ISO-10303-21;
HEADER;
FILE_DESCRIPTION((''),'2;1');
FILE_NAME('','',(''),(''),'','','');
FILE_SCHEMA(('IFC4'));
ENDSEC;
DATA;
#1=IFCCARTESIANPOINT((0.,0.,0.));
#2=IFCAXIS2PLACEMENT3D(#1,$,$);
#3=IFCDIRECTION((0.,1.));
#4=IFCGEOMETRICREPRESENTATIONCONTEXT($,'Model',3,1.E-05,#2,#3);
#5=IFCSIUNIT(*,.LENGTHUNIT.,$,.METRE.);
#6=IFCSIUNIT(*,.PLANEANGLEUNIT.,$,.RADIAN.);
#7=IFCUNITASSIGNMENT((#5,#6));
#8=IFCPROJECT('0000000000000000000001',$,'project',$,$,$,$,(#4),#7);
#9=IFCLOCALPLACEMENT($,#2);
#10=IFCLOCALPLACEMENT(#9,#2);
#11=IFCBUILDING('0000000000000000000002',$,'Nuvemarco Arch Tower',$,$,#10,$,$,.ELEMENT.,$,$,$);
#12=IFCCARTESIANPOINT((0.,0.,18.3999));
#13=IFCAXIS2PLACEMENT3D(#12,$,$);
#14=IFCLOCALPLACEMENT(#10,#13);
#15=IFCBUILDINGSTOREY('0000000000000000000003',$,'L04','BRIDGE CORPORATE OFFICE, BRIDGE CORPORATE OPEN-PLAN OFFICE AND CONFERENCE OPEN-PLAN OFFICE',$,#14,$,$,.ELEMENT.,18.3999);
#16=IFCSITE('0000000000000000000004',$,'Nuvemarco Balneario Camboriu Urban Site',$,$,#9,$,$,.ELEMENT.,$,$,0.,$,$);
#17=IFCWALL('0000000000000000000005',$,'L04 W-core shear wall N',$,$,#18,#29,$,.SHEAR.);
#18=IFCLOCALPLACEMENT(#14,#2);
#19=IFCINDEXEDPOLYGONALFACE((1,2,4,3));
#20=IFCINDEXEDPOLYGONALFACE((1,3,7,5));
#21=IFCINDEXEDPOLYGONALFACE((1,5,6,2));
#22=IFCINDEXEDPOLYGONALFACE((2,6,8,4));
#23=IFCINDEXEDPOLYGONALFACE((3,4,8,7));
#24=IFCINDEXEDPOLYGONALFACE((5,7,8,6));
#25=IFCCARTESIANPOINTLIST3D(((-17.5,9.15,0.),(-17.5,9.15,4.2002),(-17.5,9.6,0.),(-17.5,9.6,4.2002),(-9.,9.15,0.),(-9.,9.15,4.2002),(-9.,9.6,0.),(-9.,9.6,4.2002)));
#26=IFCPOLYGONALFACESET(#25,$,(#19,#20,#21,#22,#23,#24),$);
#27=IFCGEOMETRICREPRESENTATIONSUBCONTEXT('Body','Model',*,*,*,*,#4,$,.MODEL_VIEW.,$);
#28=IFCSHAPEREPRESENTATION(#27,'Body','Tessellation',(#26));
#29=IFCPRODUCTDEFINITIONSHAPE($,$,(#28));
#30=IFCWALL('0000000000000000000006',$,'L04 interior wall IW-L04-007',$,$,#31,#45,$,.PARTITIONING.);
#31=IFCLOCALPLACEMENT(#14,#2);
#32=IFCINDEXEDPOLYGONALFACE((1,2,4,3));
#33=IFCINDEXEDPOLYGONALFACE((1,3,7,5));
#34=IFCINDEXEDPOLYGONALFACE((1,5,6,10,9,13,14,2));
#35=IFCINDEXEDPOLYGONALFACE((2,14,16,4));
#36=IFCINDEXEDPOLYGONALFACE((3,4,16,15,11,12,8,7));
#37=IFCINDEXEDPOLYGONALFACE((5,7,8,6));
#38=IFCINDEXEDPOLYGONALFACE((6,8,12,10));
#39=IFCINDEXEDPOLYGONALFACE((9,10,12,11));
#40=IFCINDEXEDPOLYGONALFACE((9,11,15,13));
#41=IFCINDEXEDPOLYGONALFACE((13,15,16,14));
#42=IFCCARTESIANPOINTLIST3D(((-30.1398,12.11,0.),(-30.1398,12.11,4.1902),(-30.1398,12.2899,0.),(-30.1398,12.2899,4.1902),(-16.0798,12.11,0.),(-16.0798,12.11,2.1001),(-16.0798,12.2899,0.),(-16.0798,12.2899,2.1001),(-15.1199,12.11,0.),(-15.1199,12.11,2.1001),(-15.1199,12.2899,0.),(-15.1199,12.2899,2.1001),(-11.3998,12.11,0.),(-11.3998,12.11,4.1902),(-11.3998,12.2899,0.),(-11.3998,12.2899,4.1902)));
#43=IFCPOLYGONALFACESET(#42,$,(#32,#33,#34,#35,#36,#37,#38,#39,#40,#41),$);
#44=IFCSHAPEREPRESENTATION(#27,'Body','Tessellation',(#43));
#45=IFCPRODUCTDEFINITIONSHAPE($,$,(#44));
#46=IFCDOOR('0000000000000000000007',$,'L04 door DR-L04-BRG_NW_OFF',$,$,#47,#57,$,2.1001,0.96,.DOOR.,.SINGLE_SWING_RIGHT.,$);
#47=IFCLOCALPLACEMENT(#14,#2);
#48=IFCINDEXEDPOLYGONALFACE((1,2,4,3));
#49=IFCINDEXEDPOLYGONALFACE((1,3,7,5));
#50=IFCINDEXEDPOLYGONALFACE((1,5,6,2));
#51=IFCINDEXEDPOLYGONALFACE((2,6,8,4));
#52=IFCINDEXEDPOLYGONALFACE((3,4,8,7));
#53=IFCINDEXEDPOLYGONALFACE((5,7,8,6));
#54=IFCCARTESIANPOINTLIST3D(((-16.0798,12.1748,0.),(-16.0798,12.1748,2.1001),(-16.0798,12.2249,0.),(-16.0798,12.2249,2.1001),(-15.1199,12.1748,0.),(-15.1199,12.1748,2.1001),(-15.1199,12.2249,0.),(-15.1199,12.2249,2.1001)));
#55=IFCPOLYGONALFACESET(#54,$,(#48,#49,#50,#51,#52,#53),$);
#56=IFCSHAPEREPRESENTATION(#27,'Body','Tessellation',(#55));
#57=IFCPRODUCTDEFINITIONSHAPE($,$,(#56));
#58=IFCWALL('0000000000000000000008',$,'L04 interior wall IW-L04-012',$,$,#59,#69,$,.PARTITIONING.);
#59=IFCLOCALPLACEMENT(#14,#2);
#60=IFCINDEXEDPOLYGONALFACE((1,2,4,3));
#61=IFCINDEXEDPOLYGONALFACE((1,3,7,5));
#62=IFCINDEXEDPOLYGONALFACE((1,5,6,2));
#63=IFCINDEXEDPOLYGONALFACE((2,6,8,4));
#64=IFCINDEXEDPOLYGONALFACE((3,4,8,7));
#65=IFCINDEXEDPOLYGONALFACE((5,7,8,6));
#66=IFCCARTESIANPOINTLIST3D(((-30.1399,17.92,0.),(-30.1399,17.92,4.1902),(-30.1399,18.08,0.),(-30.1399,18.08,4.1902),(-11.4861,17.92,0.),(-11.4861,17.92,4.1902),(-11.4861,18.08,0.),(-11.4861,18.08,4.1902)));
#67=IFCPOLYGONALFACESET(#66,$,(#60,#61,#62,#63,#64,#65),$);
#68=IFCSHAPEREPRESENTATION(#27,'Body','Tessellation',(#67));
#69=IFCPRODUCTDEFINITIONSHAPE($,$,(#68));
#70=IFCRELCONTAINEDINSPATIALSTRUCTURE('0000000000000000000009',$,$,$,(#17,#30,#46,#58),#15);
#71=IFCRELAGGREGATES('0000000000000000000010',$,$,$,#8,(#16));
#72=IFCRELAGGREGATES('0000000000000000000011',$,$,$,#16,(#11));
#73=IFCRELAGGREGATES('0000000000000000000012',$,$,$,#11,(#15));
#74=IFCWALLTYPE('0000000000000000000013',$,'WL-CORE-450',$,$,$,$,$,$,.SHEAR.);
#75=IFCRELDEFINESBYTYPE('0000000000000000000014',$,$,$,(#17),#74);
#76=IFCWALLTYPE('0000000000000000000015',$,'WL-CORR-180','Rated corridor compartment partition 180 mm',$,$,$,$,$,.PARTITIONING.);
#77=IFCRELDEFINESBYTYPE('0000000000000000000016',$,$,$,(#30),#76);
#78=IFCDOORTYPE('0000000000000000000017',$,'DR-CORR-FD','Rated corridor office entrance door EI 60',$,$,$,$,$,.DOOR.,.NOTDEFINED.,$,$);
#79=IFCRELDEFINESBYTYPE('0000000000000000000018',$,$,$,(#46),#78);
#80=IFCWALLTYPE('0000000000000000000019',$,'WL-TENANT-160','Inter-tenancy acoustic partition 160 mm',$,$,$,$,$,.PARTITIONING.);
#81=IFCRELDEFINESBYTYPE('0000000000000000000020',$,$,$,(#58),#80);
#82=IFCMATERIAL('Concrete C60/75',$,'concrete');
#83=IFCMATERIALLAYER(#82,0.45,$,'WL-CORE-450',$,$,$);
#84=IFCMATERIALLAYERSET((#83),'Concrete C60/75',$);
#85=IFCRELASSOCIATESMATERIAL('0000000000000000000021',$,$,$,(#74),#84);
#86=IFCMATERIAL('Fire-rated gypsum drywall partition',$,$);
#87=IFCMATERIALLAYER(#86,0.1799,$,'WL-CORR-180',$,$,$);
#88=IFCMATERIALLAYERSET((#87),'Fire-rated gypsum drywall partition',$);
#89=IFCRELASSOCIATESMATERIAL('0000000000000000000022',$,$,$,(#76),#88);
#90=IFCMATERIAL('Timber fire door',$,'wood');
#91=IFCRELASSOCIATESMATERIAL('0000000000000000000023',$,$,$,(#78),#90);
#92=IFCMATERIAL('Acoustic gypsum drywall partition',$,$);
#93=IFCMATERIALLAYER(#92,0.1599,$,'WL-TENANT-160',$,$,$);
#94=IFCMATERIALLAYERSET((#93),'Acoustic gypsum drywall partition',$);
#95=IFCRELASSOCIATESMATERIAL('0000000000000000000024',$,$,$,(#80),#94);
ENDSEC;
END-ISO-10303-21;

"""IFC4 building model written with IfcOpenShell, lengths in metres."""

from ifc_helpers import new_model, si_unit, direction, frame, frame_2d, origin, place, context, subcontext, project, spatial, rectangle, extrude, source, transform, mapped, material, layer, layer_set, type_object, type_shapes, element, fill, save


model = new_model("IFC4")

# Units and contexts
model_context = context("Model", 3, precision=1e-05, world=origin(), true_north=direction((0.0, 1.0)))
body_context = subcontext(model_context, "Body", "Model", "MODEL_VIEW")
ifc_project = project(units=[si_unit("LENGTHUNIT", "METRE"), si_unit("PLANEANGLEUNIT", "RADIAN")], contexts=[model_context])

# Site, building, storey
site_placement = place(None, origin())
site = spatial("IfcSite", under=ifc_project, at=site_placement, Name="Nuvemarco Balneario Camboriu Urban Site", CompositionType="ELEMENT", RefElevation=0.0)
building_placement = place(site_placement, origin())
building = spatial("IfcBuilding", under=site, at=building_placement, Name="Nuvemarco Arch Tower", CompositionType="ELEMENT")
storey_placement = place(building_placement, frame((0.0, 0.0, 18.3999)))
storey = spatial("IfcBuildingStorey", under=building, at=storey_placement, Name="L04", Description="BRIDGE CORPORATE OFFICE, BRIDGE CORPORATE OPEN-PLAN OFFICE AND CONFERENCE OPEN-PLAN OFFICE", CompositionType="ELEMENT", Elevation=18.3999)

# Shared definitions
ifc_material_1 = material(Name="Concrete C60/75", Category="concrete")

# Wall
ifc_layer_1 = layer(ifc_material_1, 0.45, Name="WL-CORE-450")
ifc_layer_set_1 = layer_set([ifc_layer_1], Name="Concrete C60/75")
wall_type_1 = type_object("IfcWallType", Name="WL-CORE-450", PredefinedType="SHEAR", material=ifc_layer_set_1)
wall_1_placement = place(storey_placement, frame((-17.5, 9.375, 0.0), z_axis=(0.0, 0.0, 1.0), x_axis=(1.0, 0.0, 0.0)))
element("IfcWall", 1, at=wall_1_placement, inside=storey, type_object=wall_type_1, Name="L04 W-core shear wall N", PredefinedType="SHEAR", context=body_context, shape_type="SweptSolid", body=[
    extrude(rectangle(XDim=8.5, YDim=0.45, at=frame_2d((4.25, 0.0))), origin(), (0.0, 0.0, 1.0), 4.2002),
])

# Wall, opening, door
ifc_material_2 = material(Name="Fire-rated gypsum drywall partition")
ifc_layer_2 = layer(ifc_material_2, 0.1799, Name="WL-CORR-180")
ifc_layer_set_2 = layer_set([ifc_layer_2], Name="Fire-rated gypsum drywall partition")
wall_type_2 = type_object("IfcWallType", Name="WL-CORR-180", Description="Rated corridor compartment partition 180 mm", PredefinedType="PARTITIONING", material=ifc_layer_set_2)
wall_2_placement = place(storey_placement, frame((-30.1399, 12.2, 0.0), z_axis=(0.0, 0.0, 1.0), x_axis=(1.0, 0.0, 0.0)))
wall_2 = element("IfcWall", 2, at=wall_2_placement, inside=storey, type_object=wall_type_2, Name="L04 interior wall IW-L04-007", PredefinedType="PARTITIONING", context=body_context, shape_type="SweptSolid", body=[
    extrude(rectangle(XDim=18.74, YDim=0.1799, at=frame_2d((9.3701, 0.0))), origin(), (0.0, 0.0, 1.0), 4.1902),
])
opening_placement = place(wall_2_placement, frame((14.0601, 0.0, 0.0)))
opening = element("IfcOpeningElement", 3, at=opening_placement, cuts=wall_2, PredefinedType="OPENING", context=body_context, shape_type="SweptSolid", body=[
    extrude(rectangle(XDim=0.96, YDim=2.1001, at=frame_2d((0.48, 1.05))), frame((0.0, 0.0999, 0.0), z_axis=(0.0, -1.0, 0.0), x_axis=(1.0, 0.0, 0.0)), (0.0, 0.0, 1.0), 0.2),
])
ifc_material_3 = material(Name="Timber fire door", Category="wood")
door_type = type_object("IfcDoorType", Name="DR-CORR-FD", Description="Rated corridor office entrance door EI 60", OperationType="NOTDEFINED", PredefinedType="DOOR", material=ifc_material_3)
shared_shape_1 = source(origin(), body_context, "Body", "SweptSolid", [
    extrude(rectangle(XDim=0.96, YDim=2.1001, at=frame_2d((0.48, 1.05))), frame((0.0, 0.0249, 0.0), z_axis=(0.0, -1.0, 0.0), x_axis=(1.0, 0.0, 0.0)), (0.0, 0.0, 1.0), 0.05),
])
type_shapes(door_type, [shared_shape_1])
door_placement = place(opening_placement, origin())
door = element("IfcDoor", 4, at=door_placement, inside=storey, type_object=door_type, Name="L04 door DR-L04-BRG_NW_OFF", OperationType="SINGLE_SWING_RIGHT", OverallHeight=2.1001, OverallWidth=0.96, PredefinedType="DOOR", context=body_context, shape_type="MappedRepresentation", body=[
    mapped(shared_shape_1, transform((0.0, 0.0, 0.0), scale=1.0)),
])
fill(opening, door)

# Wall
ifc_material_4 = material(Name="Acoustic gypsum drywall partition")
ifc_layer_3 = layer(ifc_material_4, 0.1599, Name="WL-TENANT-160")
ifc_layer_set_3 = layer_set([ifc_layer_3], Name="Acoustic gypsum drywall partition")
wall_type_3 = type_object("IfcWallType", Name="WL-TENANT-160", Description="Inter-tenancy acoustic partition 160 mm", PredefinedType="PARTITIONING", material=ifc_layer_set_3)
wall_3_placement = place(storey_placement, frame((-30.1399, 18.0, 0.0), z_axis=(0.0, 0.0, 1.0), x_axis=(1.0, 0.0, 0.0)))
element("IfcWall", 5, at=wall_3_placement, inside=storey, type_object=wall_type_3, Name="L04 interior wall IW-L04-012", PredefinedType="PARTITIONING", context=body_context, shape_type="SweptSolid", body=[
    extrude(rectangle(XDim=18.6538, YDim=0.1599, at=frame_2d((9.3269, 0.0))), origin(), (0.0, 0.0, 1.0), 4.1902),
])

save(model, "model.ifc")
